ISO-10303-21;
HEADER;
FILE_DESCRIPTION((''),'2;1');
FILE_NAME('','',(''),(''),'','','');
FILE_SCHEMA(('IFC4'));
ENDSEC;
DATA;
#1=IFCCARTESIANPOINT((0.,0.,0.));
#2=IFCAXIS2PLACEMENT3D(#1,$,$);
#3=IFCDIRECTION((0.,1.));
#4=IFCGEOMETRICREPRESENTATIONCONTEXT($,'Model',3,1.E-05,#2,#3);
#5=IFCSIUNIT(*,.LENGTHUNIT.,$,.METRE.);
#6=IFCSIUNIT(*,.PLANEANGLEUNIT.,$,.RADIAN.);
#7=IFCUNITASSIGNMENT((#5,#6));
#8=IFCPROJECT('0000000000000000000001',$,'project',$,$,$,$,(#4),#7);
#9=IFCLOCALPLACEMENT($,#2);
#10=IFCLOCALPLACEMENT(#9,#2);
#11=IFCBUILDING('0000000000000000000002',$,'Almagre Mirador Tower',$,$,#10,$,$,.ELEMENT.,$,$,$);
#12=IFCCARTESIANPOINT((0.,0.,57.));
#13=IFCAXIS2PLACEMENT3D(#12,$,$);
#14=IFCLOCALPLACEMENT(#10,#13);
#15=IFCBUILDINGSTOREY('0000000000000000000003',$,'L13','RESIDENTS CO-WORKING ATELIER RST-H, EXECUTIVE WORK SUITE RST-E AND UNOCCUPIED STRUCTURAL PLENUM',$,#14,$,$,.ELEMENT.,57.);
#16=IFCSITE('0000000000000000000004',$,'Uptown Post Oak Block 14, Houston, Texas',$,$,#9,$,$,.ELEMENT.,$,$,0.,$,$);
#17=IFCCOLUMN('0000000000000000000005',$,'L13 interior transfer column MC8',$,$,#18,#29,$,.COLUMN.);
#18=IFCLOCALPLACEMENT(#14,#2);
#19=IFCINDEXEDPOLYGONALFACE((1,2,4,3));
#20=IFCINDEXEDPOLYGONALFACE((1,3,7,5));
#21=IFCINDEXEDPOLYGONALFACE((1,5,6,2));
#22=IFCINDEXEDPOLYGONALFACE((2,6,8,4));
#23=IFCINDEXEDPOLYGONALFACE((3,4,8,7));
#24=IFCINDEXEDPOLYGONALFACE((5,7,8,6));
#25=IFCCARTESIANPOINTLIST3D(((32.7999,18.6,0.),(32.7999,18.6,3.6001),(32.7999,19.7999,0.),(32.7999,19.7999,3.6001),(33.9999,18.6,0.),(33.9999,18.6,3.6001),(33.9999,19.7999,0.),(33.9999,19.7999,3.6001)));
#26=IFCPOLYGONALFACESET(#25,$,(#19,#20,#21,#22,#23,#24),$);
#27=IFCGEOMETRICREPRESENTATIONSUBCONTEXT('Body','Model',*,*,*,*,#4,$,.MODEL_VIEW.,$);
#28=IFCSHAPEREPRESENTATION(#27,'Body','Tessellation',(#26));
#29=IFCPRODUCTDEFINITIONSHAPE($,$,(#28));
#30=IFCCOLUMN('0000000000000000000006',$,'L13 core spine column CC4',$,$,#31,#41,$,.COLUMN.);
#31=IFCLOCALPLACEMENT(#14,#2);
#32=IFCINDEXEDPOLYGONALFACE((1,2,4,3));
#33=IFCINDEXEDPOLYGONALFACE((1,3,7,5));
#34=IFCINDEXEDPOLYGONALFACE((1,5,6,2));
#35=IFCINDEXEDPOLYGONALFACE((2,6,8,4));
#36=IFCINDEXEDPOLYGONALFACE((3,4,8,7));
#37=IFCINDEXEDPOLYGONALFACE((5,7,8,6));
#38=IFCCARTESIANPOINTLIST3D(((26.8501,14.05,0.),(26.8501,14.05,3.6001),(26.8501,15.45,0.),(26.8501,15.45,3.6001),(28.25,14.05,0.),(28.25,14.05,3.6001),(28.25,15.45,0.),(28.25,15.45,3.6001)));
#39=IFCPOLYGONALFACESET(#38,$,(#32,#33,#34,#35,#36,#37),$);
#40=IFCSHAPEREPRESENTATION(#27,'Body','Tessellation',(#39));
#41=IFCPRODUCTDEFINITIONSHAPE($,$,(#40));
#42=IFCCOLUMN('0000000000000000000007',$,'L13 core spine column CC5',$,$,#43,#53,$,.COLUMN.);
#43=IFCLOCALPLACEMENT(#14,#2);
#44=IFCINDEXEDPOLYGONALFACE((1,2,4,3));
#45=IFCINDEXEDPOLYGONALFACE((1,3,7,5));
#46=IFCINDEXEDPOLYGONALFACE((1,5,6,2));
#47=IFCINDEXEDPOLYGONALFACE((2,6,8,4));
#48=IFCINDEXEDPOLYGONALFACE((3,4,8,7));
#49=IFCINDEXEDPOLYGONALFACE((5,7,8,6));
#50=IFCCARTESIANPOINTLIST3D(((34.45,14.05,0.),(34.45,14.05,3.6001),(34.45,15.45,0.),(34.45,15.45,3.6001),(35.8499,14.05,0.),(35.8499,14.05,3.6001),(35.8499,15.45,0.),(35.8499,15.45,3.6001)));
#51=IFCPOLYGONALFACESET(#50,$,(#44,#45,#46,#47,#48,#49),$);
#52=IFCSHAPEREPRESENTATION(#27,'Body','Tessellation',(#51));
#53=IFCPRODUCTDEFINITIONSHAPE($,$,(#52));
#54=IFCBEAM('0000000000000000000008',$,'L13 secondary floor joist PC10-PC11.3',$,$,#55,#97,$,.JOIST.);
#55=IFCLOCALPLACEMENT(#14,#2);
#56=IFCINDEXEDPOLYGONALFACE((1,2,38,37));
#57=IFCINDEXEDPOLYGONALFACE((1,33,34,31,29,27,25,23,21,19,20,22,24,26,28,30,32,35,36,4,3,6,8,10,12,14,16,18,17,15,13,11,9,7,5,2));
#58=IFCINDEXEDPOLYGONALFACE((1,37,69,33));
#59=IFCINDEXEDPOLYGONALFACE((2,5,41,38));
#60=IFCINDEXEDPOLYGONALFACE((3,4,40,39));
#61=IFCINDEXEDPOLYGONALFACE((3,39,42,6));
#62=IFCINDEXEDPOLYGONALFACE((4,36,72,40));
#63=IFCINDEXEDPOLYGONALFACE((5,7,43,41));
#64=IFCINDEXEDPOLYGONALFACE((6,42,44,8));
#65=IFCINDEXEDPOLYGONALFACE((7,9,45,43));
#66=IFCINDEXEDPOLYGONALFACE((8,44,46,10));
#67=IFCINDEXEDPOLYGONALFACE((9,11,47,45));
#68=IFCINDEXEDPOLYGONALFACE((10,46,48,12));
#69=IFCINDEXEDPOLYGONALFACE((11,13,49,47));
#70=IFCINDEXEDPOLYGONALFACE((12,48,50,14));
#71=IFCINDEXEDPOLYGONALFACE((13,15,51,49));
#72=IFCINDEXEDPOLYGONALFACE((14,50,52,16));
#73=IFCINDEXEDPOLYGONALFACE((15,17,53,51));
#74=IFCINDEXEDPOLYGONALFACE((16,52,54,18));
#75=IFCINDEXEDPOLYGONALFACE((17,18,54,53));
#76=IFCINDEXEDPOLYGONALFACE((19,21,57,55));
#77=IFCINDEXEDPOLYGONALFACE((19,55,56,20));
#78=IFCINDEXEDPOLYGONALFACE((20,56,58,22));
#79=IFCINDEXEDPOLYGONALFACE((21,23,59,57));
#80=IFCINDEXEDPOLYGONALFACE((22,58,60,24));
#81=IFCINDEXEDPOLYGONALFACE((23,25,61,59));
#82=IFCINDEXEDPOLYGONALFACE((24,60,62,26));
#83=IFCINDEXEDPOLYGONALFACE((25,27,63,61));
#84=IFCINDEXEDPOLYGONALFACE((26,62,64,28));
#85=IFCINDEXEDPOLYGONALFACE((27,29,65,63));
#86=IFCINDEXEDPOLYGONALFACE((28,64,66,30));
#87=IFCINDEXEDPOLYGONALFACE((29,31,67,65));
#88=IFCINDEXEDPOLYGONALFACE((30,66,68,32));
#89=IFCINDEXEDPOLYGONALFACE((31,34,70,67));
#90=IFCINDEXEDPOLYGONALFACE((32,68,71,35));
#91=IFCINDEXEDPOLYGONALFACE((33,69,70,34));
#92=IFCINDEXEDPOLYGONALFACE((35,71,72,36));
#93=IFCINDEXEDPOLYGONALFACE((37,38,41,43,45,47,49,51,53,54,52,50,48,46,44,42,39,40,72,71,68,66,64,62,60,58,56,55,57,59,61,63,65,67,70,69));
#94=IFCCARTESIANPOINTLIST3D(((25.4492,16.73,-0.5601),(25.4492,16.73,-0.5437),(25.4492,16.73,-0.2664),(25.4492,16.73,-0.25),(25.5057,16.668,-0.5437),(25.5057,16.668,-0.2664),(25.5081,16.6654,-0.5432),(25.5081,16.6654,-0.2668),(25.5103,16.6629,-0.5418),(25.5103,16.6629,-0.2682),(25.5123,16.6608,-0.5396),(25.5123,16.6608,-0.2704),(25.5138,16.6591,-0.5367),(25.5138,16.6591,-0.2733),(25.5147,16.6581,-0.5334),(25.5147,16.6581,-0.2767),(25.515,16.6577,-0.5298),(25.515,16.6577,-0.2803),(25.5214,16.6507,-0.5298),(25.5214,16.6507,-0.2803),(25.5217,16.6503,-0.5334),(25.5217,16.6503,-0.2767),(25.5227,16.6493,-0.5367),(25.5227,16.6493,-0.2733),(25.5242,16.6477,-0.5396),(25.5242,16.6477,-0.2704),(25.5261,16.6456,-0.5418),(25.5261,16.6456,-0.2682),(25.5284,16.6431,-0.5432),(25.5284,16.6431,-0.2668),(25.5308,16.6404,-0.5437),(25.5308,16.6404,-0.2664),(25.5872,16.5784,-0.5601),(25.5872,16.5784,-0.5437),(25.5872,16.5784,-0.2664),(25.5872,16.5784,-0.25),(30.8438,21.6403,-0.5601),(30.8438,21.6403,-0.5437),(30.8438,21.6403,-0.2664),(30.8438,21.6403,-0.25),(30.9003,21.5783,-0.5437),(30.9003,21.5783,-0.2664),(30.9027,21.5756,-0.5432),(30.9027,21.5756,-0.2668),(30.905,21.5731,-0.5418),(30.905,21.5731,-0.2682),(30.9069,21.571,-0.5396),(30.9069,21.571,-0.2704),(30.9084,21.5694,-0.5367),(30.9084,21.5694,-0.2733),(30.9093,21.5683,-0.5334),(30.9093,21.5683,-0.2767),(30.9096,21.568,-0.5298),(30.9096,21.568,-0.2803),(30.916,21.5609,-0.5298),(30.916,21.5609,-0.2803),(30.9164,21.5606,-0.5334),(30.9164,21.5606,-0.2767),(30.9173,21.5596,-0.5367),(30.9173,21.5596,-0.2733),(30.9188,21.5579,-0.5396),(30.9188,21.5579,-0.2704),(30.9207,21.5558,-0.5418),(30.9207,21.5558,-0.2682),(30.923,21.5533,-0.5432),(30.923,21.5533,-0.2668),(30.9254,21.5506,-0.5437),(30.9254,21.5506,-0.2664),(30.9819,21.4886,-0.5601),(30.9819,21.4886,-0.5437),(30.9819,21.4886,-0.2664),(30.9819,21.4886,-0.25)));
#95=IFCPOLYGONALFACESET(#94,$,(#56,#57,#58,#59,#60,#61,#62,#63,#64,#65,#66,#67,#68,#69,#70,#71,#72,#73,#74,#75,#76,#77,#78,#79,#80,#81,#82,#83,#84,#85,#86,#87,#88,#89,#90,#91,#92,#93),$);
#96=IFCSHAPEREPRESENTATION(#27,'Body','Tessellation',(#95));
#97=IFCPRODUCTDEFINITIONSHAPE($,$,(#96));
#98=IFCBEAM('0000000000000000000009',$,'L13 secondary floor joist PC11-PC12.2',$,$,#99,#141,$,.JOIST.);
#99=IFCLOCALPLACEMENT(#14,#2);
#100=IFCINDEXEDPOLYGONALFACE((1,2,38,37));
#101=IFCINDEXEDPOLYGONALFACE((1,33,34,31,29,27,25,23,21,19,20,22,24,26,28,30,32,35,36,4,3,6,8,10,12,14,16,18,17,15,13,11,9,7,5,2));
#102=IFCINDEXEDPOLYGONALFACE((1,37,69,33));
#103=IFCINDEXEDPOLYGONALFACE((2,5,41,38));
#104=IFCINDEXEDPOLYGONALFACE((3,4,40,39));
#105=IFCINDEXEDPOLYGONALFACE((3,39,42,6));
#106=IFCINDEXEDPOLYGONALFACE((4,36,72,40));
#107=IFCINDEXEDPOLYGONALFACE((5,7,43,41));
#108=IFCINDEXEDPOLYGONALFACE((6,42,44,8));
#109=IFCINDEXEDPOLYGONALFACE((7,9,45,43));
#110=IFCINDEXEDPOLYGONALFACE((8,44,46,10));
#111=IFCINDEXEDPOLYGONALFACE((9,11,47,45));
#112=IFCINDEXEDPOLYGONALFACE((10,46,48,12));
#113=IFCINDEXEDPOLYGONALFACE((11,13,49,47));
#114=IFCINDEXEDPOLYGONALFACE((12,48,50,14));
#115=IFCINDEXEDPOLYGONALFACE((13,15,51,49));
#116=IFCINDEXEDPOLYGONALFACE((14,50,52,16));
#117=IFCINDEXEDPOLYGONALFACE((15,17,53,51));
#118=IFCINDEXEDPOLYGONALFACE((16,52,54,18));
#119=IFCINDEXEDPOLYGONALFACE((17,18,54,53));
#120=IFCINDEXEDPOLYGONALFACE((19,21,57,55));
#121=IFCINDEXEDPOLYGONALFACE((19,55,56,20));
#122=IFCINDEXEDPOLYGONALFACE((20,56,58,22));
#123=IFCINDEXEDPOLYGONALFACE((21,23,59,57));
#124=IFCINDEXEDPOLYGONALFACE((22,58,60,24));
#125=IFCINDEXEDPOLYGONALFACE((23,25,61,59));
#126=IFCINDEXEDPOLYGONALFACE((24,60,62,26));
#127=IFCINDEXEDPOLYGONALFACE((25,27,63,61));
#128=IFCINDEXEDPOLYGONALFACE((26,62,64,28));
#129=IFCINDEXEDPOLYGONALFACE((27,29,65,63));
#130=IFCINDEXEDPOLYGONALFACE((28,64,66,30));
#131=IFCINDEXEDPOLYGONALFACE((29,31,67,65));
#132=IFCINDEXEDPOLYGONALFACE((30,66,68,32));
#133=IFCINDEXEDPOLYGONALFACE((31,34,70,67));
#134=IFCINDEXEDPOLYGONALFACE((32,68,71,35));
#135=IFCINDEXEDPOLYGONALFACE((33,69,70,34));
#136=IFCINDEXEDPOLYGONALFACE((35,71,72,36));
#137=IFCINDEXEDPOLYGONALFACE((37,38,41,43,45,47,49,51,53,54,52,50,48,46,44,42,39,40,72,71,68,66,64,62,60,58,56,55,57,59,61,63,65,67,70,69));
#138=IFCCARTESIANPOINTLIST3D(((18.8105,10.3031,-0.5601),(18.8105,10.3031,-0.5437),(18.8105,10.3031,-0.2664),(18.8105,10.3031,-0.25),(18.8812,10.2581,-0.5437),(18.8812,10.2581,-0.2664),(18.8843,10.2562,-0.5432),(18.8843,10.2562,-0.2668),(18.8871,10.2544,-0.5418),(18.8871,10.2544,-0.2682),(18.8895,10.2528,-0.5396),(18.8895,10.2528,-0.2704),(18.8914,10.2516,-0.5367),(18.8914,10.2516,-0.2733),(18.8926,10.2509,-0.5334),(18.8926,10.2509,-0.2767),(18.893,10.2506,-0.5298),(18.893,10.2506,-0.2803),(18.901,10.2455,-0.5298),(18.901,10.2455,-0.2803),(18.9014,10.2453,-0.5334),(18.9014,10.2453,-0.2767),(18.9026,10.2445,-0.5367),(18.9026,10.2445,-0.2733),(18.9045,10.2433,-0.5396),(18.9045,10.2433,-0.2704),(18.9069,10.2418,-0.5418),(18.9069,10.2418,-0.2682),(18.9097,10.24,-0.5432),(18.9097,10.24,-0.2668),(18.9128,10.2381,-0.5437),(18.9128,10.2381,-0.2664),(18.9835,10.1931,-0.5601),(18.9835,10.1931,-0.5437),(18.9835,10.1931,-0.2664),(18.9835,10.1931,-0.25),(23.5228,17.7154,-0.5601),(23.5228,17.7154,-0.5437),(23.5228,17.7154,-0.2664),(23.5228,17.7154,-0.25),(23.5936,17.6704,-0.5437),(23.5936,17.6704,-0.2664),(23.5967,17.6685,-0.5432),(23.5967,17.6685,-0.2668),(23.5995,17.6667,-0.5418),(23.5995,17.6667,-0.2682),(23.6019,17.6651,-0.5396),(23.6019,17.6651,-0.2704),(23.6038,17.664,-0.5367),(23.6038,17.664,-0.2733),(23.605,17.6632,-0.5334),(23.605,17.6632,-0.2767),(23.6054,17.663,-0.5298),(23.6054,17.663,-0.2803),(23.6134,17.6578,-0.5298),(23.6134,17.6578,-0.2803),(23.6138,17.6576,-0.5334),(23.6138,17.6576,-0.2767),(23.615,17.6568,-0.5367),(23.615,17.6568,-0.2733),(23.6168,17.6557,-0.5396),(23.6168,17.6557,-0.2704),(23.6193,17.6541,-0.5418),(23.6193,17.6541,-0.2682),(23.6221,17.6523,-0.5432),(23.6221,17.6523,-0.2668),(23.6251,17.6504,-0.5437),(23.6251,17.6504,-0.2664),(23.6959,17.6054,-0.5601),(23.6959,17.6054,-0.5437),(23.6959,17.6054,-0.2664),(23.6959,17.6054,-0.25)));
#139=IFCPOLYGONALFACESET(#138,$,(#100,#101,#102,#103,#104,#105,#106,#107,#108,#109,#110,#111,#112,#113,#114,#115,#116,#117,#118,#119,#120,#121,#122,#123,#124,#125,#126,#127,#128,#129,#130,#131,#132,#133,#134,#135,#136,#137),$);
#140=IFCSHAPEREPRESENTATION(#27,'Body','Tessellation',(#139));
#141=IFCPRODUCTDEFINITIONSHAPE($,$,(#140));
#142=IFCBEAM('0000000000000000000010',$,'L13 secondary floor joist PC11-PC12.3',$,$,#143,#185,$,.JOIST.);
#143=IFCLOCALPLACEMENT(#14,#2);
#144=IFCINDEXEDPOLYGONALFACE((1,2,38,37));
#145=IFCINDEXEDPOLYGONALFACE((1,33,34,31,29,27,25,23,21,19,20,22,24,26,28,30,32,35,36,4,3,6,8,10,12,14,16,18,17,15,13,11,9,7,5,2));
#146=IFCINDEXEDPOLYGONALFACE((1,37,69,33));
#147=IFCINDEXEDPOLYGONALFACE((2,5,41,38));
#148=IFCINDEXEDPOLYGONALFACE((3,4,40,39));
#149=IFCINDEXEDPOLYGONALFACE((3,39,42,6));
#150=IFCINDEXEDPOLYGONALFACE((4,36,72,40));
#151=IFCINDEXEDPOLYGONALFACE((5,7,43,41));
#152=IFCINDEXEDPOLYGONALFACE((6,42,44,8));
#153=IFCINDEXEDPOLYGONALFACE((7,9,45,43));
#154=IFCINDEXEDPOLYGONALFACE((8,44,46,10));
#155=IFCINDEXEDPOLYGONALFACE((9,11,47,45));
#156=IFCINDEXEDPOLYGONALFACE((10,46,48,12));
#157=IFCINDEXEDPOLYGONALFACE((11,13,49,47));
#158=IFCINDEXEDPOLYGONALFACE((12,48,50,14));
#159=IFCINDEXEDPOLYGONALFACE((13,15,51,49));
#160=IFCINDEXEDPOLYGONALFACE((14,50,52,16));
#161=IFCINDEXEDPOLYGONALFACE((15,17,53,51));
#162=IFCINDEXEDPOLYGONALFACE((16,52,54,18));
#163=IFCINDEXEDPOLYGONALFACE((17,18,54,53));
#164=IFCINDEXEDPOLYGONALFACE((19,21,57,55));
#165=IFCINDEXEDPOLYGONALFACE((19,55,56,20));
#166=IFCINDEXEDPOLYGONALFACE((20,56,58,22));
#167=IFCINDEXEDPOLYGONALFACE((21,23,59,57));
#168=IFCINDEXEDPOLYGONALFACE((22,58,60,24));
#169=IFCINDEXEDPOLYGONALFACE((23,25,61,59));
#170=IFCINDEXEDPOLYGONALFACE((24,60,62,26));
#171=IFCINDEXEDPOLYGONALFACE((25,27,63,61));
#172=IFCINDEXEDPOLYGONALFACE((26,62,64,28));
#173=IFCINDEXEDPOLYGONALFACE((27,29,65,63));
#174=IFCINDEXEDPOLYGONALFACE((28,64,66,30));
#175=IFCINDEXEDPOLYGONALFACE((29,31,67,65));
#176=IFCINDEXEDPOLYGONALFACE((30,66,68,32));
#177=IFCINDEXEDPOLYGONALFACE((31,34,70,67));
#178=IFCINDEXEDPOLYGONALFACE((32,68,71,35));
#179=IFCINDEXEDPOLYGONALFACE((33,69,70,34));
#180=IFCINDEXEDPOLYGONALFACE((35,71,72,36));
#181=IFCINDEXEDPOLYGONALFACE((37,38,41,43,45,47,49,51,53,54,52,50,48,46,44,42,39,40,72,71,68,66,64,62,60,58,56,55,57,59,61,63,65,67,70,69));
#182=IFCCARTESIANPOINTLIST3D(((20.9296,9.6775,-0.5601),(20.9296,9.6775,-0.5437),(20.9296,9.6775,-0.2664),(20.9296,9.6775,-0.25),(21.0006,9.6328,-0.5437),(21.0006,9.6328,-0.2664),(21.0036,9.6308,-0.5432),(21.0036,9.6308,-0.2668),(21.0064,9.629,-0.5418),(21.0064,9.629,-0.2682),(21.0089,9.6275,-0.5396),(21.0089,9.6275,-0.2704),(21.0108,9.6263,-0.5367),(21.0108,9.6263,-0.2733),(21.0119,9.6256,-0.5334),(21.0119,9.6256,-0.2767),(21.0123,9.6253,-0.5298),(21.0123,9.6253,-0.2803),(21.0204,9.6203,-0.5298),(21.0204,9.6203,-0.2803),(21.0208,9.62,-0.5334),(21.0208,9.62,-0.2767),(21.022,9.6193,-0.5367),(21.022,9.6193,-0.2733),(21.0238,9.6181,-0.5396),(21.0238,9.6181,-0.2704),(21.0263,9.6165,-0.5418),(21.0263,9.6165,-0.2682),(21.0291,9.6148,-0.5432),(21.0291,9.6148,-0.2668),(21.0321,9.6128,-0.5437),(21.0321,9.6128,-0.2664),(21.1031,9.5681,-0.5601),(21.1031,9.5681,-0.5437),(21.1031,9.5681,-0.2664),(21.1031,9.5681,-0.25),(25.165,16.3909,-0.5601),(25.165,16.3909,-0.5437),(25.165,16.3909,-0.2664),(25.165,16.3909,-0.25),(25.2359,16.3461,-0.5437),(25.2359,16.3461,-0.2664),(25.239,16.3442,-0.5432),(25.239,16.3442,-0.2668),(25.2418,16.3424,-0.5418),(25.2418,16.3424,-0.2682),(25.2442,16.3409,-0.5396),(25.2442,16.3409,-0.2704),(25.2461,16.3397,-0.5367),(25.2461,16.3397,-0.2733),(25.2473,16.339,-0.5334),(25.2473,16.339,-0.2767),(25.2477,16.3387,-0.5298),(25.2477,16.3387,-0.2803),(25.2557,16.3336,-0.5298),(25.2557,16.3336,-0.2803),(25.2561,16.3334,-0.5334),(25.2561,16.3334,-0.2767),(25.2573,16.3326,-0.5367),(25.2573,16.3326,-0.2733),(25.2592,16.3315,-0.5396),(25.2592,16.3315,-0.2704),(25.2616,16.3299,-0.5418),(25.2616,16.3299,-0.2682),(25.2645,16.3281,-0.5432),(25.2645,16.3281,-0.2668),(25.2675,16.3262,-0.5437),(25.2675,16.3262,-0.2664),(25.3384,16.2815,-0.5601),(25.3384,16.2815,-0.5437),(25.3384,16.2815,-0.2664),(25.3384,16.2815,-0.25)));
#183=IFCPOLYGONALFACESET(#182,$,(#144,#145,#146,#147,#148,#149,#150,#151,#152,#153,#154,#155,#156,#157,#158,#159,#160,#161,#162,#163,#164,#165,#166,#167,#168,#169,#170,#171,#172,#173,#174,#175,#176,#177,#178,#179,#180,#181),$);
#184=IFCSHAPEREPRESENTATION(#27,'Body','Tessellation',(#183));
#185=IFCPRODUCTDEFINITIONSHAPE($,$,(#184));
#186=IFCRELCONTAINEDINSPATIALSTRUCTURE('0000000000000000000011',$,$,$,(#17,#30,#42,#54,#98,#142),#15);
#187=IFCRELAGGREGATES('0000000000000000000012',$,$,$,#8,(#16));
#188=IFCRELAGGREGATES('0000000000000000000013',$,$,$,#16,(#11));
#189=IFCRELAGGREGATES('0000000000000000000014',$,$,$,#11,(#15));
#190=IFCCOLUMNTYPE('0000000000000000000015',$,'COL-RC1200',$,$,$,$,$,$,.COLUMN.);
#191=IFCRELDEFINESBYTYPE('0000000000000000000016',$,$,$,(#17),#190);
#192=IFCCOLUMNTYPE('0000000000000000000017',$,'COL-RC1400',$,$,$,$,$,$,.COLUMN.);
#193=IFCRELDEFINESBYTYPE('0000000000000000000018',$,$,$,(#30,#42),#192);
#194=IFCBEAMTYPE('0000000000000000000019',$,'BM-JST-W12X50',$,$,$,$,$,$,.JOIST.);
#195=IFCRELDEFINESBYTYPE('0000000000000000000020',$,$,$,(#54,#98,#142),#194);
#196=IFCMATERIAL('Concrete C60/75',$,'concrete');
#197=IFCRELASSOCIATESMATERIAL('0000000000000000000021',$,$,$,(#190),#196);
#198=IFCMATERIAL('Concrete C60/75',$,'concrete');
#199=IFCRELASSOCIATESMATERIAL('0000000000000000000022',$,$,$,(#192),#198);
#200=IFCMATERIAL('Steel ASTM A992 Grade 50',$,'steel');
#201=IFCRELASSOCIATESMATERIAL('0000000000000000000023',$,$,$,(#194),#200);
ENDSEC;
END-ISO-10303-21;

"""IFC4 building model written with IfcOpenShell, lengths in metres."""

from ifc_helpers import new_model, si_unit, direction, frame, origin, origin_2d, place, context, subcontext, project, spatial, rectangle, i_section, extrude, material, material_profile, profile_set, type_object, element, save


model = new_model("IFC4")

# Units and contexts
model_context = context("Model", 3, precision=1e-05, world=origin(), true_north=direction((0.0, 1.0)))
body_context = subcontext(model_context, "Body", "Model", "MODEL_VIEW")
ifc_project = project(units=[si_unit("LENGTHUNIT", "METRE"), si_unit("PLANEANGLEUNIT", "RADIAN")], contexts=[model_context])

# Site, building, storey
site_placement = place(None, origin())
site = spatial("IfcSite", under=ifc_project, at=site_placement, Name="Uptown Post Oak Block 14, Houston, Texas", CompositionType="ELEMENT", RefElevation=0.0)
building_placement = place(site_placement, origin())
building = spatial("IfcBuilding", under=site, at=building_placement, Name="Almagre Mirador Tower", CompositionType="ELEMENT")
storey_placement = place(building_placement, frame((0.0, 0.0, 57.0)))
storey = spatial("IfcBuildingStorey", under=building, at=storey_placement, Name="L13", Description="RESIDENTS CO-WORKING ATELIER RST-H, EXECUTIVE WORK SUITE RST-E AND UNOCCUPIED STRUCTURAL PLENUM", CompositionType="ELEMENT", Elevation=57.0)

# Columns
ifc_material_1 = material(Name="Concrete C60/75", Category="concrete")
ifc_material_profile_1 = material_profile(ifc_material_1, rectangle(XDim=1.2, YDim=1.2, at=origin_2d()), Name="RC1200X1200")
ifc_profile_set_1 = profile_set([ifc_material_profile_1], Name="Concrete C60/75")
column_type_1 = type_object("IfcColumnType", Name="COL-RC1200", PredefinedType="COLUMN", material=ifc_profile_set_1)
column_placement = place(storey_placement, frame((33.3999, 19.2, 0.0), z_axis=(0.0, 0.0, 1.0), x_axis=(1.0, 0.0, 0.0)))
element("IfcColumn", 1, at=column_placement, inside=storey, type_object=column_type_1, Name="L13 interior transfer column MC8", PredefinedType="COLUMN", context=body_context, shape_type="SweptSolid", body=[
    extrude(rectangle(XDim=1.2, YDim=1.2, at=origin_2d()), origin(), (0.0, 0.0, 1.0), 3.6001),
])
ifc_material_2 = material(Name="Concrete C60/75", Category="concrete")
ifc_material_profile_2 = material_profile(ifc_material_2, rectangle(XDim=1.3999, YDim=1.3999, at=origin_2d()), Name="RC1400X1400")
ifc_profile_set_2 = profile_set([ifc_material_profile_2], Name="Concrete C60/75")
column_type_2 = type_object("IfcColumnType", Name="COL-RC1400", PredefinedType="COLUMN", material=ifc_profile_set_2)
for number, where, z_axis, x_axis, name in (
    (2, (27.55, 14.75, 0.0), (0.0, 0.0, 1.0), (1.0, 0.0, 0.0), "L13 core spine column CC4"),
    (3, (35.1499, 14.75, 0.0), (0.0, 0.0, 1.0), (1.0, 0.0, 0.0), "L13 core spine column CC5"),
):
    element("IfcColumn", number, at=place(storey_placement, frame(where, z_axis=z_axis, x_axis=x_axis)), inside=storey, type_object=column_type_2, Name=name, PredefinedType="COLUMN", context=body_context, shape_type="SweptSolid", body=[
        extrude(rectangle(XDim=1.3999, YDim=1.3999, at=origin_2d()), origin(), (0.0, 0.0, 1.0), 3.6001),
    ])

# Beams
ifc_material_3 = material(Name="Steel ASTM A992 Grade 50", Category="steel")
ifc_material_profile_3 = material_profile(ifc_material_3, i_section(OverallWidth=0.2051, OverallDepth=0.3101, WebThickness=0.0095, FlangeThickness=0.0164, FilletRadius=0.0139, at=origin_2d()), Name="W12X50")
ifc_profile_set_3 = profile_set([ifc_material_profile_3], Name="Steel ASTM A992 Grade 50")
beam_type_1 = type_object("IfcBeamType", Name="BM-JST-W12X50", PredefinedType="JOIST", material=ifc_profile_set_3)
beam_1_placement = place(storey_placement, frame((30.9128, 21.5645, -0.405), z_axis=(-0.739528, -0.673126, 0.0), x_axis=(0.673126, -0.739528, 0.0)))
element("IfcBeam", 4, at=beam_1_placement, inside=storey, type_object=beam_type_1, Name="L13 secondary floor joist PC10-PC11.3", PredefinedType="JOIST", context=body_context, shape_type="SweptSolid", body=[
    extrude(i_section(OverallWidth=0.2051, OverallDepth=0.3101, WebThickness=0.0095, FlangeThickness=0.0164, FilletRadius=0.0139, at=origin_2d()), origin(), (0.0, 0.0, 1.0), 7.2947),
])
beam_2_placement = place(storey_placement, frame((23.6094, 17.6604, -0.405), z_axis=(-0.536507, -0.843896, 0.0), x_axis=(0.843896, -0.536507, 0.0)))
element("IfcBeam", 5, at=beam_2_placement, inside=storey, type_object=beam_type_1, Name="L13 secondary floor joist PC11-PC12.2", PredefinedType="JOIST", context=body_context, shape_type="SweptSolid", body=[
    extrude(i_section(OverallWidth=0.2051, OverallDepth=0.3101, WebThickness=0.0095, FlangeThickness=0.0164, FilletRadius=0.0139, at=origin_2d()), origin(), (0.0, 0.0, 1.0), 8.7834),
])
beam_3_placement = place(storey_placement, frame((25.2517, 16.3362, -0.405), z_axis=(-0.533572, -0.845755, 0.0), x_axis=(0.845755, -0.533572, 0.0)))
element("IfcBeam", 6, at=beam_3_placement, inside=storey, type_object=beam_type_1, Name="L13 secondary floor joist PC11-PC12.3", PredefinedType="JOIST", context=body_context, shape_type="SweptSolid", body=[
    extrude(i_section(OverallWidth=0.2051, OverallDepth=0.3101, WebThickness=0.0095, FlangeThickness=0.0164, FilletRadius=0.0139, at=origin_2d()), origin(), (0.0, 0.0, 1.0), 7.9377),
])

save(model, "model.ifc")
